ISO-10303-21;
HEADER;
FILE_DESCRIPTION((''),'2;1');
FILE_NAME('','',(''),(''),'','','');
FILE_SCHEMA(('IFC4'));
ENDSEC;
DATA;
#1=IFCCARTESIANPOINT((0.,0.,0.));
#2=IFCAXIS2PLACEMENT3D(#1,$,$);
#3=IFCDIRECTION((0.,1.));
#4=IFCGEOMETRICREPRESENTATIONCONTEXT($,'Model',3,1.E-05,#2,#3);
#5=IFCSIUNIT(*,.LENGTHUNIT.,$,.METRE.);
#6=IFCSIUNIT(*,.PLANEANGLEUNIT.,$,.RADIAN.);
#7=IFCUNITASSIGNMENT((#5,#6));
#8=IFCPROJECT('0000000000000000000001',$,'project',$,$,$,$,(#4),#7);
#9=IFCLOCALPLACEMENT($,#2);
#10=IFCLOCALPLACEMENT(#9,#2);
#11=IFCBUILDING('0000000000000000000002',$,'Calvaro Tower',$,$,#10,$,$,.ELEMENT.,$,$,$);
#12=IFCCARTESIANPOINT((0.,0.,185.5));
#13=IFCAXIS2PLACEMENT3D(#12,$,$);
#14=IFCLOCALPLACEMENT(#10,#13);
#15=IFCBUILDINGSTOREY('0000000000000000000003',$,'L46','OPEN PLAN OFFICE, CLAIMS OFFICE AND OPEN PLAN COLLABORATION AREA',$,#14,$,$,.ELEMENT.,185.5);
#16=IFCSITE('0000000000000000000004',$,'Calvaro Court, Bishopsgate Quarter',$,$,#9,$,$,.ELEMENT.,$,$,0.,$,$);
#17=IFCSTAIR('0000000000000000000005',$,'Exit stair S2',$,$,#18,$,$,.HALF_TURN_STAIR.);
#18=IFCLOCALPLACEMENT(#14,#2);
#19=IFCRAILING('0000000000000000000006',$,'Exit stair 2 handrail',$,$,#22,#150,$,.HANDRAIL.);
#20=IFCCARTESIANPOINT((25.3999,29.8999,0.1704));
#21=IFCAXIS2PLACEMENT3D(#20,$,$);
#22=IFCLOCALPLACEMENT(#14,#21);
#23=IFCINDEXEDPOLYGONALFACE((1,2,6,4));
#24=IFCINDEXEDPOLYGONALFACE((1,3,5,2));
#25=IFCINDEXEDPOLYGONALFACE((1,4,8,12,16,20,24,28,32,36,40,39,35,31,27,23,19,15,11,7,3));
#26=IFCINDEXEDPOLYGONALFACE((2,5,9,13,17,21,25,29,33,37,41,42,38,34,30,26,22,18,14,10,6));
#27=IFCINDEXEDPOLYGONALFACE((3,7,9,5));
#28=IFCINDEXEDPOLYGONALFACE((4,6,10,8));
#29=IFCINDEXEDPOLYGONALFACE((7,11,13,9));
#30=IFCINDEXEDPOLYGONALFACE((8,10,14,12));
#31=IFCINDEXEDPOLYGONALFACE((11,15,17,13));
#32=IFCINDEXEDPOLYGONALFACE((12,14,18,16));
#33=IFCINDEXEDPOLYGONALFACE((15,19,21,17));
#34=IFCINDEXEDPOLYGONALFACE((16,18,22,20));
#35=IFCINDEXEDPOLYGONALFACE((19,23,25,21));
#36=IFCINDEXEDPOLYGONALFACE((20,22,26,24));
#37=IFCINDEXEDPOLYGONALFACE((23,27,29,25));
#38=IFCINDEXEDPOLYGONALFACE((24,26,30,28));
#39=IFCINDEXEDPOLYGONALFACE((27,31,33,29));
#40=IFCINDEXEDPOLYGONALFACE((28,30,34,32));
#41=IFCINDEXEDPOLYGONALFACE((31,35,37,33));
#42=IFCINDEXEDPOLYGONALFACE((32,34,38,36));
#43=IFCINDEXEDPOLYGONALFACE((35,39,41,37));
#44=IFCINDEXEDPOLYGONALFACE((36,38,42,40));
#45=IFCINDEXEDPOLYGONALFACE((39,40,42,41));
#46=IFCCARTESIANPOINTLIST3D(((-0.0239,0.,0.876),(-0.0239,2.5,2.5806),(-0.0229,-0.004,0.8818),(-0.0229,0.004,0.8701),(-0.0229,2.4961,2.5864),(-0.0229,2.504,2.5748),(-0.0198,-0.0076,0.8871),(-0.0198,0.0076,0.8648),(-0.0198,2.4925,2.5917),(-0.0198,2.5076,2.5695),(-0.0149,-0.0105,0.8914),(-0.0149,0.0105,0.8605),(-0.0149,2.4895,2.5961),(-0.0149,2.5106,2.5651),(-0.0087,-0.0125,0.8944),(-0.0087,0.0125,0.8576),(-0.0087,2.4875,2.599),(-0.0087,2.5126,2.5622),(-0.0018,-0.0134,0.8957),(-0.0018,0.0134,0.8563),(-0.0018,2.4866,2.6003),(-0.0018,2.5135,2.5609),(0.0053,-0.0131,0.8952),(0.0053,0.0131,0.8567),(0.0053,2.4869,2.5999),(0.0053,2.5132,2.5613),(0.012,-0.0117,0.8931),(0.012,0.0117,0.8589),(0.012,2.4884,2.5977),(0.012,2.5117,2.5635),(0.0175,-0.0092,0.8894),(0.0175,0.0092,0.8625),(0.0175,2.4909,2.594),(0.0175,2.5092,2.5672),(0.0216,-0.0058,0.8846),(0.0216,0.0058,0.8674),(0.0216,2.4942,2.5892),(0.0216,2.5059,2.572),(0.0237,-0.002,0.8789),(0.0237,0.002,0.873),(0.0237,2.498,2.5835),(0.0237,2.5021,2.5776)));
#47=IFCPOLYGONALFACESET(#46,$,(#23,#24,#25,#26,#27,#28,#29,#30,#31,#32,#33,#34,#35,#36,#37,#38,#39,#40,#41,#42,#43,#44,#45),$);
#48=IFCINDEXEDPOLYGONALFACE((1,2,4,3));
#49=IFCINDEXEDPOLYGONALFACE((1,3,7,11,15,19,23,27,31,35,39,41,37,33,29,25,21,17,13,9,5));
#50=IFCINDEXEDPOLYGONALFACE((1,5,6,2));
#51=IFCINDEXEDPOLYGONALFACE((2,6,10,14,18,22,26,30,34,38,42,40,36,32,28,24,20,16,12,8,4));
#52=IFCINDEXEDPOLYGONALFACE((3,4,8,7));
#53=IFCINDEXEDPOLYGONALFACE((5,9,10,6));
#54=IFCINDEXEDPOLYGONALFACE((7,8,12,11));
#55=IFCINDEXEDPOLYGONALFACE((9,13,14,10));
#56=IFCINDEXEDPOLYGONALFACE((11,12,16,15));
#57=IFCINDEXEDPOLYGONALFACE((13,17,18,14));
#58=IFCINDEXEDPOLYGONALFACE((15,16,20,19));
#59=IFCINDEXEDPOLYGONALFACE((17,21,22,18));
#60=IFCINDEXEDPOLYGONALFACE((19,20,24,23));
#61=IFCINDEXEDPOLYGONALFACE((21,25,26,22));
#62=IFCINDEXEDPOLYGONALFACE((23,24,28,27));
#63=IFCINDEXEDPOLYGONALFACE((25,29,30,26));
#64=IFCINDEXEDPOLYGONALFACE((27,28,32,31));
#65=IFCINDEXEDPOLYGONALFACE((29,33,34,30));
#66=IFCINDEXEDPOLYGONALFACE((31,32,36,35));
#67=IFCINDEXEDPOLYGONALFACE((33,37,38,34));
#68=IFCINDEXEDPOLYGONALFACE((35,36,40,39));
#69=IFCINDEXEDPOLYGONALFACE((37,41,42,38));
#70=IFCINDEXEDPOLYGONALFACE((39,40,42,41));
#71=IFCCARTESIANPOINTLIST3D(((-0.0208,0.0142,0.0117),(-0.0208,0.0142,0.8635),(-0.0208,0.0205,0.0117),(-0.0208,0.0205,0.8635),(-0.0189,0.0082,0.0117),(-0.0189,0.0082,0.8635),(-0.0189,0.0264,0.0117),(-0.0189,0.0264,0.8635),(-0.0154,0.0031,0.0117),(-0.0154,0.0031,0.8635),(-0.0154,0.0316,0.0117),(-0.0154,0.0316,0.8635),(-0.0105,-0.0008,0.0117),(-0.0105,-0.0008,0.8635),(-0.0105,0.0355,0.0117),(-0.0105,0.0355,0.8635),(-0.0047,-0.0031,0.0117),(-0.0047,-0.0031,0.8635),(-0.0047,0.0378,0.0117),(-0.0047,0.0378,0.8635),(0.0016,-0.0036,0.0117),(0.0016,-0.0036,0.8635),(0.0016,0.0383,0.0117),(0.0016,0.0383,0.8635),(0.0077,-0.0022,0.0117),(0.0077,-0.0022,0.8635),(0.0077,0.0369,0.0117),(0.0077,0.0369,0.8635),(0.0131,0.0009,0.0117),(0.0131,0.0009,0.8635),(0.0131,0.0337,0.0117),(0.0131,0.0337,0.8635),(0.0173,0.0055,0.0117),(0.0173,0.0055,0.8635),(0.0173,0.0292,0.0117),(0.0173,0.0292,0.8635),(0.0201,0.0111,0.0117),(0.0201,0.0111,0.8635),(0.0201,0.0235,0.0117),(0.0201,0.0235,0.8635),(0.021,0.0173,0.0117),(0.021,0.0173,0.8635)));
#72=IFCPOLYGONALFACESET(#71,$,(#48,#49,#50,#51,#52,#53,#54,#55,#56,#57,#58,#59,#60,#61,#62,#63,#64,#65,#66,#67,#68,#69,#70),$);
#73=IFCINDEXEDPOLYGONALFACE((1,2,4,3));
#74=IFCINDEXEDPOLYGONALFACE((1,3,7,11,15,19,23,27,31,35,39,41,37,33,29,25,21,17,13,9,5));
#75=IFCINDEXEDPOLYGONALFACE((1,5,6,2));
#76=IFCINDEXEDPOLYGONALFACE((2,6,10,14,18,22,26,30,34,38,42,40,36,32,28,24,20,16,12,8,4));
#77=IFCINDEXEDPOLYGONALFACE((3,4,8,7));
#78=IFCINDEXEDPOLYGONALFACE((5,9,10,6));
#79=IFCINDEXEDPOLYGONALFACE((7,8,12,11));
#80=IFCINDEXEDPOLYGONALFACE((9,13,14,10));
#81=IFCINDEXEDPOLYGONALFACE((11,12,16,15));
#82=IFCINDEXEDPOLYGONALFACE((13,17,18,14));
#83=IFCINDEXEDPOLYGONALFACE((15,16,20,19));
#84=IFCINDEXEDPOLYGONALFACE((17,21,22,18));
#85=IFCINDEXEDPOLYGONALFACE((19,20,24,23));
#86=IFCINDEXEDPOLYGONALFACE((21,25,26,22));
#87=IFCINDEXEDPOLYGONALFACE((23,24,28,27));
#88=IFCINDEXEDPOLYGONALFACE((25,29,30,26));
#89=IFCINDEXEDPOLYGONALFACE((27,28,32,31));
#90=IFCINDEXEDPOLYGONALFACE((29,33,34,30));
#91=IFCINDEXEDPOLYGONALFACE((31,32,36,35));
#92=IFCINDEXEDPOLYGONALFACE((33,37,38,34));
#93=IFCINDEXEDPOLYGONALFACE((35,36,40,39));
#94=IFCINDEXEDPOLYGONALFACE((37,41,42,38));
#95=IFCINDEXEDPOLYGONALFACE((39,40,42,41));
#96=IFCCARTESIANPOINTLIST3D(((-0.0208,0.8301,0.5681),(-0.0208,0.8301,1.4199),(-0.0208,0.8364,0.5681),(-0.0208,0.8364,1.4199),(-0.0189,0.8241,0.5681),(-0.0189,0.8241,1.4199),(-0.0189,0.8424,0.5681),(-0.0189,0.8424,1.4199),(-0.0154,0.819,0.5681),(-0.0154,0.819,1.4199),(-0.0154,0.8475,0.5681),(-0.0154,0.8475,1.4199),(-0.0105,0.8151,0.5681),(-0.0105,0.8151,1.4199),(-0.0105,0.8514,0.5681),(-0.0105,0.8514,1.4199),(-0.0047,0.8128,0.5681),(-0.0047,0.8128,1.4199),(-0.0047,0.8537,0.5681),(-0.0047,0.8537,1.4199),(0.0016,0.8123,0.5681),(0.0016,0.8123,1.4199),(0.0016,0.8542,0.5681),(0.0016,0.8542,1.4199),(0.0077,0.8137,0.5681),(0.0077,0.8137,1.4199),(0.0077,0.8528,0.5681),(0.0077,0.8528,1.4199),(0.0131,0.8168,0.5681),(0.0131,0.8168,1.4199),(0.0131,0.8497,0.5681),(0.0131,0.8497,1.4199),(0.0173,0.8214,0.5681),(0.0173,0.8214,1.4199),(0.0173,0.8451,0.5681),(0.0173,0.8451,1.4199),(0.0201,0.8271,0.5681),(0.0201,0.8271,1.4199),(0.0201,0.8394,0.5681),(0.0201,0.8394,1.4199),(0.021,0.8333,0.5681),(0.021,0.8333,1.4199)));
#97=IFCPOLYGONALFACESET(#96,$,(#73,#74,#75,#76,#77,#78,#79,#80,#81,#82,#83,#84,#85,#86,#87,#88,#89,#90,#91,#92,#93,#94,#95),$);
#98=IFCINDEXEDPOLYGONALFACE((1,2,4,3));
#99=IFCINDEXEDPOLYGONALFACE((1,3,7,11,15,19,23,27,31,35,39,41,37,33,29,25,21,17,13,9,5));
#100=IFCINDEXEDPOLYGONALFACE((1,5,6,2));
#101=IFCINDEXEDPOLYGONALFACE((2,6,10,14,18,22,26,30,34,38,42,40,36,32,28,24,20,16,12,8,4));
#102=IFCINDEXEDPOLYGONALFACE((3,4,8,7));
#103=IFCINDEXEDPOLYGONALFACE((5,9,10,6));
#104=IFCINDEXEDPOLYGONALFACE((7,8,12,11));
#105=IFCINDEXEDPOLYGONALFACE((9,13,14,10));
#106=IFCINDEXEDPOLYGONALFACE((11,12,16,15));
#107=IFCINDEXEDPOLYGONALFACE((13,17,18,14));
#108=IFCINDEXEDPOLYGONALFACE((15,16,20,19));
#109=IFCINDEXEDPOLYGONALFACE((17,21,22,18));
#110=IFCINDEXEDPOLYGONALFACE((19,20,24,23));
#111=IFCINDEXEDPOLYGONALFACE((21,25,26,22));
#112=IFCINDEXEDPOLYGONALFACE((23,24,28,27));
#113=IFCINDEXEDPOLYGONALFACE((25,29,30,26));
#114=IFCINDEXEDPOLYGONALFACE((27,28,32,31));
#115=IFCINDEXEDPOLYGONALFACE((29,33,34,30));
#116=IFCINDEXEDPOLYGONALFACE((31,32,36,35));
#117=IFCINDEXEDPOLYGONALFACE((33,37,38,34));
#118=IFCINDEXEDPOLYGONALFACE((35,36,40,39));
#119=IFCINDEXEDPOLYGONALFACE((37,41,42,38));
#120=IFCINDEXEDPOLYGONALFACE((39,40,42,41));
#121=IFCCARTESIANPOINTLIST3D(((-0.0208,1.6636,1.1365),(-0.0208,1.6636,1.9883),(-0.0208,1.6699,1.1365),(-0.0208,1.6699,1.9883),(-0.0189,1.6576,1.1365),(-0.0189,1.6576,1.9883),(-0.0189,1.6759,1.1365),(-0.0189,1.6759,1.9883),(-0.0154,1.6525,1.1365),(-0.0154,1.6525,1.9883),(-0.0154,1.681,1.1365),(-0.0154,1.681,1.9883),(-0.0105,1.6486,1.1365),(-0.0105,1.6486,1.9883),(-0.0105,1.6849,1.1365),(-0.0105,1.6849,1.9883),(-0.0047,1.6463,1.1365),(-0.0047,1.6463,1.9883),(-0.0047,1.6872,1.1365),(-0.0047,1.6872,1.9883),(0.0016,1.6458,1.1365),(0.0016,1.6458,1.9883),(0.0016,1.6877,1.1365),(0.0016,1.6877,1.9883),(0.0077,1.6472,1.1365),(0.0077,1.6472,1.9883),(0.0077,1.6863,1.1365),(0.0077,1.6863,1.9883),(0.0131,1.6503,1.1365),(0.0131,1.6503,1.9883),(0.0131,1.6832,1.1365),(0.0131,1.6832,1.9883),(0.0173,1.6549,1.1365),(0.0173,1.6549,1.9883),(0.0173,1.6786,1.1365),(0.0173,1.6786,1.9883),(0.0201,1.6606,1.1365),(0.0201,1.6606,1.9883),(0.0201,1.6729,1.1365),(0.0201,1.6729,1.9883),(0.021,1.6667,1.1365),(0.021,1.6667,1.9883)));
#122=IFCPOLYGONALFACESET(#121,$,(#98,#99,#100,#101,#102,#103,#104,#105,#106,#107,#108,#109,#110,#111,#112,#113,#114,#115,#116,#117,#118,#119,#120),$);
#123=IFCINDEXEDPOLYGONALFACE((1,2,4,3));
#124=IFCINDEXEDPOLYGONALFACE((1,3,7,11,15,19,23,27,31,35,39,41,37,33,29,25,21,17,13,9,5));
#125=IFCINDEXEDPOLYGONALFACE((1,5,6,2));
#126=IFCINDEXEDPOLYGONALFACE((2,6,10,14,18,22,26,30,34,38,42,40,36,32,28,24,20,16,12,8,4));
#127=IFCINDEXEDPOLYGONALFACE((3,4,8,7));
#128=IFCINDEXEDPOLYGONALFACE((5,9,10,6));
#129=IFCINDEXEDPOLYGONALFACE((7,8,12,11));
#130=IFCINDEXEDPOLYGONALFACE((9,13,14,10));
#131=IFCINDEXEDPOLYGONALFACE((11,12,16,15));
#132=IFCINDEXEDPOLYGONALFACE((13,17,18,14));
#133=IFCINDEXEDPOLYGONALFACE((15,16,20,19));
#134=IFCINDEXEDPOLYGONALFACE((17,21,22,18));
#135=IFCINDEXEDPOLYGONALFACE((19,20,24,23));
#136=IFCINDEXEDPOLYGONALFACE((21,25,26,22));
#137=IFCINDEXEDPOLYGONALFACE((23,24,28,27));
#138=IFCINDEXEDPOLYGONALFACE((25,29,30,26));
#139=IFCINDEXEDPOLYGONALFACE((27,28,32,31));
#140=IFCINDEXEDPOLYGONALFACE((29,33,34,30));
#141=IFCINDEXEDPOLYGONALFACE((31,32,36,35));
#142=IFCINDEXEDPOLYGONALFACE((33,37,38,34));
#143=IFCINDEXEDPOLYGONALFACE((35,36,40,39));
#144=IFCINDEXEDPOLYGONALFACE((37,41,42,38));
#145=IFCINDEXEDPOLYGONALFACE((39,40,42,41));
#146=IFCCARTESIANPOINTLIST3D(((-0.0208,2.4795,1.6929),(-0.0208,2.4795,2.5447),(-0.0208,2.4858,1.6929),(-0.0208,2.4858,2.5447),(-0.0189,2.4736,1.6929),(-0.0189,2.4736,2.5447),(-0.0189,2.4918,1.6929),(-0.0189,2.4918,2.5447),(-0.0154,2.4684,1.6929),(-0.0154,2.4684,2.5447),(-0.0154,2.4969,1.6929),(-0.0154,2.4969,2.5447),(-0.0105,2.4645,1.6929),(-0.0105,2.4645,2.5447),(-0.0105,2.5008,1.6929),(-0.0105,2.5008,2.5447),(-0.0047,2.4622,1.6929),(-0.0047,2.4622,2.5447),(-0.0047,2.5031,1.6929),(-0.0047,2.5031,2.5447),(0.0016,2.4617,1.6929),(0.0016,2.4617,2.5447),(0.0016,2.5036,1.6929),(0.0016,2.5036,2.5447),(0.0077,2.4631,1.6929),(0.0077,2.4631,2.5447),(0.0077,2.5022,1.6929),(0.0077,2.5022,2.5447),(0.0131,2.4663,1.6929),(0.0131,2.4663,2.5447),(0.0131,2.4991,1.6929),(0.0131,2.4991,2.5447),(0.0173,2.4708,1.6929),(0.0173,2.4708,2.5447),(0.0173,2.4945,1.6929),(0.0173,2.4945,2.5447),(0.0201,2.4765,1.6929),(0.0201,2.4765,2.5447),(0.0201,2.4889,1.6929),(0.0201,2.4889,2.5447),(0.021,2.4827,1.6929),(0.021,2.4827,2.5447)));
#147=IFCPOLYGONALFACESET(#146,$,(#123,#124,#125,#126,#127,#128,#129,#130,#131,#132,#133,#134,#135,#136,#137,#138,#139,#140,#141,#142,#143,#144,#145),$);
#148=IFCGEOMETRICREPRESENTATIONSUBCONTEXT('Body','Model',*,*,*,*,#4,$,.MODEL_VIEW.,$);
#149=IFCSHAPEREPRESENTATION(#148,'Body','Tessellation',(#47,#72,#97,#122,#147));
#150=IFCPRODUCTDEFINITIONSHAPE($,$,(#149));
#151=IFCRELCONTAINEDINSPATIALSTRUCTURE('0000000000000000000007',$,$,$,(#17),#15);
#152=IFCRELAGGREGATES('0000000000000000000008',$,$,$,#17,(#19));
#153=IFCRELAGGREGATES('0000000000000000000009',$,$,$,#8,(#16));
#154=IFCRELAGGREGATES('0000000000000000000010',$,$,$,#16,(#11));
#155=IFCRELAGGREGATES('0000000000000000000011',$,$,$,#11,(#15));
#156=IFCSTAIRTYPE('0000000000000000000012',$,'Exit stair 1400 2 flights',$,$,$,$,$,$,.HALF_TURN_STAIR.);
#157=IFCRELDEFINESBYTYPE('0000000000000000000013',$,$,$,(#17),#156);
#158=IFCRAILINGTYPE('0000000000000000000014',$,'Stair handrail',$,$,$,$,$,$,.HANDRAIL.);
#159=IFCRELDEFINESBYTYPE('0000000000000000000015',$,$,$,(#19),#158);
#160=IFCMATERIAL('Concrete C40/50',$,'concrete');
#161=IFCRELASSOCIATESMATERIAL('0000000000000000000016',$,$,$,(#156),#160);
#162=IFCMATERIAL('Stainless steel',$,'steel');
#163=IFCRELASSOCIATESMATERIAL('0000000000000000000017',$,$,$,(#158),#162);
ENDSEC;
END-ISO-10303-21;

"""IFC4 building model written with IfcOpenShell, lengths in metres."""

from ifc_helpers import new_model, si_unit, direction, frame, origin, origin_2d, place, context, subcontext, project, spatial, circle, extrude, material, type_object, element, aggregate, save


model = new_model("IFC4")

# Units and contexts
model_context = context("Model", 3, precision=1e-05, world=origin(), true_north=direction((0.0, 1.0)))
body_context = subcontext(model_context, "Body", "Model", "MODEL_VIEW")
ifc_project = project(units=[si_unit("LENGTHUNIT", "METRE"), si_unit("PLANEANGLEUNIT", "RADIAN")], contexts=[model_context])

# Site, building, storey
site_placement = place(None, origin())
site = spatial("IfcSite", under=ifc_project, at=site_placement, Name="Calvaro Court, Bishopsgate Quarter", CompositionType="ELEMENT", RefElevation=0.0)
building_placement = place(site_placement, origin())
building = spatial("IfcBuilding", under=site, at=building_placement, Name="Calvaro Tower", CompositionType="ELEMENT")
storey_placement = place(building_placement, frame((0.0, 0.0, 185.5)))
storey = spatial("IfcBuildingStorey", under=building, at=storey_placement, Name="L46", Description="OPEN PLAN OFFICE, CLAIMS OFFICE AND OPEN PLAN COLLABORATION AREA", CompositionType="ELEMENT", Elevation=185.5)

# Stair, railing
ifc_material_1 = material(Name="Concrete C40/50", Category="concrete")
stair_type = type_object("IfcStairType", Name="Exit stair 1400 2 flights", PredefinedType="HALF_TURN_STAIR", material=ifc_material_1)
stair_placement = place(storey_placement, origin())
stair = element("IfcStair", 1, at=stair_placement, inside=storey, type_object=stair_type, Name="Exit stair S2", PredefinedType="HALF_TURN_STAIR")
ifc_material_2 = material(Name="Stainless steel", Category="steel")
railing_type = type_object("IfcRailingType", Name="Stair handrail", PredefinedType="HANDRAIL", material=ifc_material_2)
railing_1_placement = place(storey_placement, frame((25.3999, 29.8999, 0.1704)))
railing_1 = element("IfcRailing", 2, at=railing_1_placement, type_object=railing_type, Name="Exit stair 2 handrail", PredefinedType="HANDRAIL", context=body_context, shape_type="SweptSolid", body=[
    extrude(circle(Radius=0.0239, at=origin_2d()), frame((0.0, 0.0, 0.876), z_axis=(0.0, 0.826221, 0.563347), x_axis=(-1.0, 0.0, 0.0)), (0.0, 0.0, 1.0), 3.0259),
    extrude(circle(Radius=0.021, at=origin_2d()), frame((0.0, 0.0173, 0.0117)), (0.0, 0.0, 1.0), 0.8518),
    extrude(circle(Radius=0.021, at=origin_2d()), frame((0.0, 0.8333, 0.5681)), (0.0, 0.0, 1.0), 0.8518),
    extrude(circle(Radius=0.021, at=origin_2d()), frame((0.0, 1.6667, 1.1365)), (0.0, 0.0, 1.0), 0.8518),
    extrude(circle(Radius=0.021, at=origin_2d()), frame((0.0, 2.4827, 1.6929)), (0.0, 0.0, 1.0), 0.8518),
])
aggregate(stair, [railing_1])

save(model, "model.ifc")
